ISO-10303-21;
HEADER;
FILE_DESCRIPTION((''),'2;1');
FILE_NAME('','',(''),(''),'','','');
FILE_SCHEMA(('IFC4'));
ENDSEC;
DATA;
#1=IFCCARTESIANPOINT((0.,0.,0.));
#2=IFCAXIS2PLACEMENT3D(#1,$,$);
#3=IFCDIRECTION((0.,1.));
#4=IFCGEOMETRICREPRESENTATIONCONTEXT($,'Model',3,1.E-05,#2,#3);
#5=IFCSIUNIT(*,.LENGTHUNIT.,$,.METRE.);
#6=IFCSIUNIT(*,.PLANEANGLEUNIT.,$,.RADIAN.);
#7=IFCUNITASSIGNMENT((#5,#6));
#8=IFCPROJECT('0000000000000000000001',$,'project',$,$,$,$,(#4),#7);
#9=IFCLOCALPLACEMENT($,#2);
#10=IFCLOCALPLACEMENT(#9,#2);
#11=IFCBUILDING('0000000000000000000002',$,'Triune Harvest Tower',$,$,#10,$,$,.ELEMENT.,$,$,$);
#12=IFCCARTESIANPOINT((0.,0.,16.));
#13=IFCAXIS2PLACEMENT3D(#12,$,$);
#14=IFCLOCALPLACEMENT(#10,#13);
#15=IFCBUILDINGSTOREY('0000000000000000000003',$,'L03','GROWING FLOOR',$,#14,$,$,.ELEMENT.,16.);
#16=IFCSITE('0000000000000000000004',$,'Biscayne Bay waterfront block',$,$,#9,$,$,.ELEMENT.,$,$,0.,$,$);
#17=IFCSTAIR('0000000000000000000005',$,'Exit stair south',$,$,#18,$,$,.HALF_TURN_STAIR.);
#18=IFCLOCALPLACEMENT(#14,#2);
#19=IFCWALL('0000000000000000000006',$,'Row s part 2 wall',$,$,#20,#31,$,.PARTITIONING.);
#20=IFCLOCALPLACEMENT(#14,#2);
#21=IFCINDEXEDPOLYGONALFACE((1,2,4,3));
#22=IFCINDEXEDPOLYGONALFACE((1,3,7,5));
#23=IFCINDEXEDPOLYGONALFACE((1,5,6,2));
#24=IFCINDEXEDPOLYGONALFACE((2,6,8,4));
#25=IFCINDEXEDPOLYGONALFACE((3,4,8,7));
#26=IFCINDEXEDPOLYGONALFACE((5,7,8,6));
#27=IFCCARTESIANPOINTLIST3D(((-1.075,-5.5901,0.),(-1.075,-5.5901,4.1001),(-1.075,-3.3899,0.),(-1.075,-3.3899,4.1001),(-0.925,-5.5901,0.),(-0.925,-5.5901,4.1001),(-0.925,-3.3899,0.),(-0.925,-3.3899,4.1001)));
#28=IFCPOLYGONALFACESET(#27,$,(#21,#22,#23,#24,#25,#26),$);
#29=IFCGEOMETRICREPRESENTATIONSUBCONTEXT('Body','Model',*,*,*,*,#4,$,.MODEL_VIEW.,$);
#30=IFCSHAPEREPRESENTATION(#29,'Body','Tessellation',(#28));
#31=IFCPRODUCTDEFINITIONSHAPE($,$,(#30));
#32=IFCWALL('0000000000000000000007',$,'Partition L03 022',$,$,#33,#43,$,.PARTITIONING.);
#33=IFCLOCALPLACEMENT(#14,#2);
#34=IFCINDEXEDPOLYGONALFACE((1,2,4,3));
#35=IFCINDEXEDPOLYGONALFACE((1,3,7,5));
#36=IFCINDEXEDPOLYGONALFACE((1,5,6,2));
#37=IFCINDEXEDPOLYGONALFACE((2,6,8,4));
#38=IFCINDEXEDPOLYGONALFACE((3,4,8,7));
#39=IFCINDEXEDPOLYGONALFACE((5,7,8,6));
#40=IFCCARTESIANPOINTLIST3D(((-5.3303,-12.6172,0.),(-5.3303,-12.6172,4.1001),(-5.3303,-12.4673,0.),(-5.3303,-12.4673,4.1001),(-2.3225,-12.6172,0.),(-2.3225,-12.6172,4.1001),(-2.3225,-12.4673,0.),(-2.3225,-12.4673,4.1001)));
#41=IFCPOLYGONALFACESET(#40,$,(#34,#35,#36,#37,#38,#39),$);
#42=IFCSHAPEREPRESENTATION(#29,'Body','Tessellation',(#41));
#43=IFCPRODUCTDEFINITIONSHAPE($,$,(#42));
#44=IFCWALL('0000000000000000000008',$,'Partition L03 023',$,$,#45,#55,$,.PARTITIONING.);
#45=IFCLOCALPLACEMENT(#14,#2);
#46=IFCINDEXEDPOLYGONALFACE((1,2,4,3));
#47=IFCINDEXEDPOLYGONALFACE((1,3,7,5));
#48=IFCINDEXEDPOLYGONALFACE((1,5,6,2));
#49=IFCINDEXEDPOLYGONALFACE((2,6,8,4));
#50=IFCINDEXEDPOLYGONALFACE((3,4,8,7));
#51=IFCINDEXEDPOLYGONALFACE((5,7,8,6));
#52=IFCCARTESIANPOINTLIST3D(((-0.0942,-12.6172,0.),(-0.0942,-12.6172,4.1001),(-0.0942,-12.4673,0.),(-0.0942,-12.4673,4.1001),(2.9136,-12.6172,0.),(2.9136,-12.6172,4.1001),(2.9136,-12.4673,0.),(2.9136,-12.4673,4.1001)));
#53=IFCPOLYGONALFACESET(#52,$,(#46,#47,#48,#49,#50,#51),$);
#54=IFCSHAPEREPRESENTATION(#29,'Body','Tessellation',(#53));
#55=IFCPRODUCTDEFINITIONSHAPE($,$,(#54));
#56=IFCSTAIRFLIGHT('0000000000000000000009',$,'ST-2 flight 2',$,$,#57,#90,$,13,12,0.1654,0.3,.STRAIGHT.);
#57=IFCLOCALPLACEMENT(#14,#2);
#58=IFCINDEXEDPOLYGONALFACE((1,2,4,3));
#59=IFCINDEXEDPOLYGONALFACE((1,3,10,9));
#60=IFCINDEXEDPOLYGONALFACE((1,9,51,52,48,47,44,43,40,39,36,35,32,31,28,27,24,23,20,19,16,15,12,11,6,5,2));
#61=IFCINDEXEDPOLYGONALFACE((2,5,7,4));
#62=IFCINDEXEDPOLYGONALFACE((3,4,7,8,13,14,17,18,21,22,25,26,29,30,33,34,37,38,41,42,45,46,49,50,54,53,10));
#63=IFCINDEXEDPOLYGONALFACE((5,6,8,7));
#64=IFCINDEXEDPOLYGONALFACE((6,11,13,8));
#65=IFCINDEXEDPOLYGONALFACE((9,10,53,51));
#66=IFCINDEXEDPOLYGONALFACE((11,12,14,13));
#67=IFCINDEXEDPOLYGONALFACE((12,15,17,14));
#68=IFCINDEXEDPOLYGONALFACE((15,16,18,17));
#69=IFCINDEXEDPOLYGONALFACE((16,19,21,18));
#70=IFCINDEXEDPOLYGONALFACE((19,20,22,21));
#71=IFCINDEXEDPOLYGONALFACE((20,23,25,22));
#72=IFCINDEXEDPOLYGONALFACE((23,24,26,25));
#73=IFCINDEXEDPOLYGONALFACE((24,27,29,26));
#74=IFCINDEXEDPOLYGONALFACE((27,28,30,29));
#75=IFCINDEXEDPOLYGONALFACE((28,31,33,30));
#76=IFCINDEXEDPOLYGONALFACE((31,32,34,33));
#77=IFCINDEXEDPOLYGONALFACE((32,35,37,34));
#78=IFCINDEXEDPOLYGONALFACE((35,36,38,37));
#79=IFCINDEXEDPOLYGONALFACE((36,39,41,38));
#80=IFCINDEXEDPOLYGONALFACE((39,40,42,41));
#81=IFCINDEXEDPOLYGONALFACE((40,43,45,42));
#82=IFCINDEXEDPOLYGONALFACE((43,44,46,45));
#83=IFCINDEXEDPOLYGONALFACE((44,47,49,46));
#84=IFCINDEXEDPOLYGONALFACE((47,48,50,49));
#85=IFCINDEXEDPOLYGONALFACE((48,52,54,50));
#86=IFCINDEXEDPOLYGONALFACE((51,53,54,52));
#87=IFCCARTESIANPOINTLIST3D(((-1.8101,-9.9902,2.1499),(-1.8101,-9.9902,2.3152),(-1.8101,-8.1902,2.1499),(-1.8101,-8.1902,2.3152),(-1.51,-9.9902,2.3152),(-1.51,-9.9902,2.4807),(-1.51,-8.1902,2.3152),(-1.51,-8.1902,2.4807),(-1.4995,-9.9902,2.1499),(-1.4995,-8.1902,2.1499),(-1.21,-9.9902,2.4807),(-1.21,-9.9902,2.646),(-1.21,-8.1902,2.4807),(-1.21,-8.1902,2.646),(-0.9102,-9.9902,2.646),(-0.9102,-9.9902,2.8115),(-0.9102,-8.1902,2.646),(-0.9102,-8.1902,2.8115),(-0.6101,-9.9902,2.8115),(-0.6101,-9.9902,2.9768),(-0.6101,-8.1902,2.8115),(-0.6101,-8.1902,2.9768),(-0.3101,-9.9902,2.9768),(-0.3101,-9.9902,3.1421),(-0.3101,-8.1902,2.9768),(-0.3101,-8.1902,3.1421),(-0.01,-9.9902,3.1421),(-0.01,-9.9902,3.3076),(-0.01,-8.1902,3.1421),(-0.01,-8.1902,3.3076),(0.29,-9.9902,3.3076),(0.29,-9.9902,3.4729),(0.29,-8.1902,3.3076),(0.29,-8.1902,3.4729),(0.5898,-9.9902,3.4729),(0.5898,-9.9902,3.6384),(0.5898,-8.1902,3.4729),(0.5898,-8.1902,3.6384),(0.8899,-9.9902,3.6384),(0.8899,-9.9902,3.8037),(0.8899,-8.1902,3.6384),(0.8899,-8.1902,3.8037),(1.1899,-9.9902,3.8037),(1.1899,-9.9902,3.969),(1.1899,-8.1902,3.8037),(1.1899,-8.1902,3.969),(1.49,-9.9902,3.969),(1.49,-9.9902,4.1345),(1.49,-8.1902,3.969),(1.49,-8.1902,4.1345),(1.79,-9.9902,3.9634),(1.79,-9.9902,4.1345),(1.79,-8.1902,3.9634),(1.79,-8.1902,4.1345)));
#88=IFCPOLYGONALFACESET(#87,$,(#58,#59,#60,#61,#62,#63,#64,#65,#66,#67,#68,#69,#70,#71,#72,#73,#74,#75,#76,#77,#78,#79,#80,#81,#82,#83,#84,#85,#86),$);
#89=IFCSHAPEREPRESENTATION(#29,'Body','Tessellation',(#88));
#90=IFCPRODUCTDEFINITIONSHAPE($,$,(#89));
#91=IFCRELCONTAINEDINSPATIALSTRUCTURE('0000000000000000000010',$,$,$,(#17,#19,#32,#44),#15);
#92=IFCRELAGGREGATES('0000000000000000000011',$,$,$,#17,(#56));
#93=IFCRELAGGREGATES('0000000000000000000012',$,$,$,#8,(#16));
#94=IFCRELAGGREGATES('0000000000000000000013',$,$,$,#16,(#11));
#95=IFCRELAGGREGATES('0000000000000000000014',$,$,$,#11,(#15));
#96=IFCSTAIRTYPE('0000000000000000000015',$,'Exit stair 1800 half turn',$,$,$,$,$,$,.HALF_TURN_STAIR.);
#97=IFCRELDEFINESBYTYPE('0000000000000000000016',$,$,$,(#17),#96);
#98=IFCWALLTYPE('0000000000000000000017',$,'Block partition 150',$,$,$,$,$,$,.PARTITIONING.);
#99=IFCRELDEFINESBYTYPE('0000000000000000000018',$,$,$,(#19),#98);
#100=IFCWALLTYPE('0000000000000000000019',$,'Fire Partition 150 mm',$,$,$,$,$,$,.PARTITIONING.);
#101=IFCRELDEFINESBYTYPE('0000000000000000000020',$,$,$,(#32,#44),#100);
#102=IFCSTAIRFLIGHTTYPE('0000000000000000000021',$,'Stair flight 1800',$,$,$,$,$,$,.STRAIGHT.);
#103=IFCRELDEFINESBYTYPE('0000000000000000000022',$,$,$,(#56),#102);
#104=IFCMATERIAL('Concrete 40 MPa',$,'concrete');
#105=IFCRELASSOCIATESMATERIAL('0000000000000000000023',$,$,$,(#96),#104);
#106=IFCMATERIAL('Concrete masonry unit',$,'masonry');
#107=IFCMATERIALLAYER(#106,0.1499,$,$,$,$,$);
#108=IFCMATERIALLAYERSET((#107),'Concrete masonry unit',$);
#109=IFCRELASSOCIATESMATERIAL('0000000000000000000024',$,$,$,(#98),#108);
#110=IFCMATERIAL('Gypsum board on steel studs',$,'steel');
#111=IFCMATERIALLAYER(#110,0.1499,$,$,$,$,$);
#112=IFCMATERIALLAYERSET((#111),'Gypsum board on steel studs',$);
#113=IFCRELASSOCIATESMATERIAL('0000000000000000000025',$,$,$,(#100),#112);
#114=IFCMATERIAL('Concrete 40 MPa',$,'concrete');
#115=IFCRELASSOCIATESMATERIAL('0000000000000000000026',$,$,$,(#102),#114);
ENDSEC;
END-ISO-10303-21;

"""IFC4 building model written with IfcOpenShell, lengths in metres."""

from ifc_helpers import new_model, si_unit, direction, frame, frame_2d, origin, place, context, subcontext, project, spatial, polyline, rectangle, outline, extrude, source, transform, mapped, material, layer, layer_set, type_object, element, aggregate, save


model = new_model("IFC4")

# Units and contexts
model_context = context("Model", 3, precision=1e-05, world=origin(), true_north=direction((0.0, 1.0)))
body_context = subcontext(model_context, "Body", "Model", "MODEL_VIEW")
ifc_project = project(units=[si_unit("LENGTHUNIT", "METRE"), si_unit("PLANEANGLEUNIT", "RADIAN")], contexts=[model_context])

# Site, building, storey
site_placement = place(None, origin())
site = spatial("IfcSite", under=ifc_project, at=site_placement, Name="Biscayne Bay waterfront block", CompositionType="ELEMENT", RefElevation=0.0)
building_placement = place(site_placement, origin())
building = spatial("IfcBuilding", under=site, at=building_placement, Name="Triune Harvest Tower", CompositionType="ELEMENT")
storey_placement = place(building_placement, frame((0.0, 0.0, 16.0)))
storey = spatial("IfcBuildingStorey", under=building, at=storey_placement, Name="L03", Description="GROWING FLOOR", CompositionType="ELEMENT", Elevation=16.0)

# Stair
ifc_material_1 = material(Name="Concrete 40 MPa", Category="concrete")
stair_type = type_object("IfcStairType", Name="Exit stair 1800 half turn", PredefinedType="HALF_TURN_STAIR", material=ifc_material_1)
stair_1_placement = place(storey_placement, origin())
stair_1 = element("IfcStair", 1, at=stair_1_placement, inside=storey, type_object=stair_type, Name="Exit stair south", PredefinedType="HALF_TURN_STAIR")

# Shared definitions
ifc_material_2 = material(Name="Concrete masonry unit", Category="masonry")
ifc_layer_1 = layer(ifc_material_2, 0.1499)
ifc_layer_set_1 = layer_set([ifc_layer_1], Name="Concrete masonry unit")
wall_type_1 = type_object("IfcWallType", Name="Block partition 150", PredefinedType="PARTITIONING", material=ifc_layer_set_1)

# Walls
shared_shape_1 = source(origin(), body_context, "Body", "SweptSolid", [
    extrude(rectangle(XDim=2.2002, YDim=0.1499, at=frame_2d((1.1001, 0.0))), origin(), (0.0, 0.0, 1.0), 4.1001),
])
for number, where, z_axis, x_axis, name in (
    (2, (-1.0, -5.5901, 0.0), (0.0, 0.0, 1.0), (0.0, 1.0, 0.0), "Row s part 2 wall"),
):
    element("IfcWall", number, at=place(storey_placement, frame(where, z_axis=z_axis, x_axis=x_axis)), inside=storey, type_object=wall_type_1, Name=name, PredefinedType="PARTITIONING", context=body_context, shape_type="MappedRepresentation", body=[
        mapped(shared_shape_1, transform((0.0, 0.0, 0.0), scale=1.0)),
    ])
ifc_material_3 = material(Name="Gypsum board on steel studs", Category="steel")
ifc_layer_2 = layer(ifc_material_3, 0.1499)
ifc_layer_set_2 = layer_set([ifc_layer_2], Name="Gypsum board on steel studs")
wall_type_2 = type_object("IfcWallType", Name="Fire Partition 150 mm", PredefinedType="PARTITIONING", material=ifc_layer_set_2)
shared_shape_2 = source(origin(), body_context, "Body", "SweptSolid", [
    extrude(rectangle(XDim=3.0078, YDim=0.1499, at=frame_2d((1.5039, 0.0))), origin(), (0.0, 0.0, 1.0), 4.1001),
])
for number, where, z_axis, x_axis, name in (
    (3, (-5.3303, -12.5422, 0.0), (0.0, 0.0, 1.0), (1.0, 0.0, 0.0), "Partition L03 022"),
    (4, (-0.0942, -12.5422, 0.0), (0.0, 0.0, 1.0), (1.0, 0.0, 0.0), "Partition L03 023"),
):
    element("IfcWall", number, at=place(storey_placement, frame(where, z_axis=z_axis, x_axis=x_axis)), inside=storey, type_object=wall_type_2, Name=name, PredefinedType="PARTITIONING", context=body_context, shape_type="MappedRepresentation", body=[
        mapped(shared_shape_2, transform((0.0, 0.0, 0.0), scale=1.0)),
    ])

# Stair flight
ifc_material_4 = material(Name="Concrete 40 MPa", Category="concrete")
stair_flight_type = type_object("IfcStairFlightType", Name="Stair flight 1800", PredefinedType="STRAIGHT", material=ifc_material_4)
shared_shape_3 = source(origin(), body_context, "Body", "SweptSolid", [
    extrude(outline(polyline([(0.0, 0.0), (0.0, 0.1653), (0.3, 0.1653), (0.3, 0.3308), (0.6001, 0.3308), (0.6001, 0.4961), (0.8999, 0.4961), (0.8999, 0.6616), (1.2, 0.6616), (1.2, 0.8269), (1.5, 0.8269), (1.5, 0.9922), (1.8, 0.9922), (1.8, 1.1577), (2.1001, 1.1577), (2.1001, 1.323), (2.3999, 1.323), (2.3999, 1.4885), (2.7, 1.4885), (2.7, 1.6538), (3.0, 1.6538), (3.0, 1.8191), (3.3, 1.8191), (3.3, 1.9846), (3.6001, 1.9846), (3.6001, 2.1499), (3.6001, 1.8135), (0.3105, 0.0), (0.0, 0.0)])), frame((0.0, 0.8999, 0.0), z_axis=(0.0, -1.0, 0.0), x_axis=(1.0, 0.0, 0.0)), (0.0, 0.0, 1.0), 1.8),
])
stair_flight_placement = place(storey_placement, frame((-1.8101, -9.0901, 2.1499), z_axis=(0.0, 0.0, 1.0), x_axis=(1.0, 0.0, 0.0)))
stair_flight = element("IfcStairFlight", 5, at=stair_flight_placement, type_object=stair_flight_type, Name="ST-2 flight 2", NumberOfRisers=13, NumberOfTreads=12, PredefinedType="STRAIGHT", RiserHeight=0.1654, TreadLength=0.3, context=body_context, shape_type="MappedRepresentation", body=[
    mapped(shared_shape_3, transform((0.0, 0.0, 0.0), scale=1.0)),
])
aggregate(stair_1, [stair_flight])

save(model, "model.ifc")
